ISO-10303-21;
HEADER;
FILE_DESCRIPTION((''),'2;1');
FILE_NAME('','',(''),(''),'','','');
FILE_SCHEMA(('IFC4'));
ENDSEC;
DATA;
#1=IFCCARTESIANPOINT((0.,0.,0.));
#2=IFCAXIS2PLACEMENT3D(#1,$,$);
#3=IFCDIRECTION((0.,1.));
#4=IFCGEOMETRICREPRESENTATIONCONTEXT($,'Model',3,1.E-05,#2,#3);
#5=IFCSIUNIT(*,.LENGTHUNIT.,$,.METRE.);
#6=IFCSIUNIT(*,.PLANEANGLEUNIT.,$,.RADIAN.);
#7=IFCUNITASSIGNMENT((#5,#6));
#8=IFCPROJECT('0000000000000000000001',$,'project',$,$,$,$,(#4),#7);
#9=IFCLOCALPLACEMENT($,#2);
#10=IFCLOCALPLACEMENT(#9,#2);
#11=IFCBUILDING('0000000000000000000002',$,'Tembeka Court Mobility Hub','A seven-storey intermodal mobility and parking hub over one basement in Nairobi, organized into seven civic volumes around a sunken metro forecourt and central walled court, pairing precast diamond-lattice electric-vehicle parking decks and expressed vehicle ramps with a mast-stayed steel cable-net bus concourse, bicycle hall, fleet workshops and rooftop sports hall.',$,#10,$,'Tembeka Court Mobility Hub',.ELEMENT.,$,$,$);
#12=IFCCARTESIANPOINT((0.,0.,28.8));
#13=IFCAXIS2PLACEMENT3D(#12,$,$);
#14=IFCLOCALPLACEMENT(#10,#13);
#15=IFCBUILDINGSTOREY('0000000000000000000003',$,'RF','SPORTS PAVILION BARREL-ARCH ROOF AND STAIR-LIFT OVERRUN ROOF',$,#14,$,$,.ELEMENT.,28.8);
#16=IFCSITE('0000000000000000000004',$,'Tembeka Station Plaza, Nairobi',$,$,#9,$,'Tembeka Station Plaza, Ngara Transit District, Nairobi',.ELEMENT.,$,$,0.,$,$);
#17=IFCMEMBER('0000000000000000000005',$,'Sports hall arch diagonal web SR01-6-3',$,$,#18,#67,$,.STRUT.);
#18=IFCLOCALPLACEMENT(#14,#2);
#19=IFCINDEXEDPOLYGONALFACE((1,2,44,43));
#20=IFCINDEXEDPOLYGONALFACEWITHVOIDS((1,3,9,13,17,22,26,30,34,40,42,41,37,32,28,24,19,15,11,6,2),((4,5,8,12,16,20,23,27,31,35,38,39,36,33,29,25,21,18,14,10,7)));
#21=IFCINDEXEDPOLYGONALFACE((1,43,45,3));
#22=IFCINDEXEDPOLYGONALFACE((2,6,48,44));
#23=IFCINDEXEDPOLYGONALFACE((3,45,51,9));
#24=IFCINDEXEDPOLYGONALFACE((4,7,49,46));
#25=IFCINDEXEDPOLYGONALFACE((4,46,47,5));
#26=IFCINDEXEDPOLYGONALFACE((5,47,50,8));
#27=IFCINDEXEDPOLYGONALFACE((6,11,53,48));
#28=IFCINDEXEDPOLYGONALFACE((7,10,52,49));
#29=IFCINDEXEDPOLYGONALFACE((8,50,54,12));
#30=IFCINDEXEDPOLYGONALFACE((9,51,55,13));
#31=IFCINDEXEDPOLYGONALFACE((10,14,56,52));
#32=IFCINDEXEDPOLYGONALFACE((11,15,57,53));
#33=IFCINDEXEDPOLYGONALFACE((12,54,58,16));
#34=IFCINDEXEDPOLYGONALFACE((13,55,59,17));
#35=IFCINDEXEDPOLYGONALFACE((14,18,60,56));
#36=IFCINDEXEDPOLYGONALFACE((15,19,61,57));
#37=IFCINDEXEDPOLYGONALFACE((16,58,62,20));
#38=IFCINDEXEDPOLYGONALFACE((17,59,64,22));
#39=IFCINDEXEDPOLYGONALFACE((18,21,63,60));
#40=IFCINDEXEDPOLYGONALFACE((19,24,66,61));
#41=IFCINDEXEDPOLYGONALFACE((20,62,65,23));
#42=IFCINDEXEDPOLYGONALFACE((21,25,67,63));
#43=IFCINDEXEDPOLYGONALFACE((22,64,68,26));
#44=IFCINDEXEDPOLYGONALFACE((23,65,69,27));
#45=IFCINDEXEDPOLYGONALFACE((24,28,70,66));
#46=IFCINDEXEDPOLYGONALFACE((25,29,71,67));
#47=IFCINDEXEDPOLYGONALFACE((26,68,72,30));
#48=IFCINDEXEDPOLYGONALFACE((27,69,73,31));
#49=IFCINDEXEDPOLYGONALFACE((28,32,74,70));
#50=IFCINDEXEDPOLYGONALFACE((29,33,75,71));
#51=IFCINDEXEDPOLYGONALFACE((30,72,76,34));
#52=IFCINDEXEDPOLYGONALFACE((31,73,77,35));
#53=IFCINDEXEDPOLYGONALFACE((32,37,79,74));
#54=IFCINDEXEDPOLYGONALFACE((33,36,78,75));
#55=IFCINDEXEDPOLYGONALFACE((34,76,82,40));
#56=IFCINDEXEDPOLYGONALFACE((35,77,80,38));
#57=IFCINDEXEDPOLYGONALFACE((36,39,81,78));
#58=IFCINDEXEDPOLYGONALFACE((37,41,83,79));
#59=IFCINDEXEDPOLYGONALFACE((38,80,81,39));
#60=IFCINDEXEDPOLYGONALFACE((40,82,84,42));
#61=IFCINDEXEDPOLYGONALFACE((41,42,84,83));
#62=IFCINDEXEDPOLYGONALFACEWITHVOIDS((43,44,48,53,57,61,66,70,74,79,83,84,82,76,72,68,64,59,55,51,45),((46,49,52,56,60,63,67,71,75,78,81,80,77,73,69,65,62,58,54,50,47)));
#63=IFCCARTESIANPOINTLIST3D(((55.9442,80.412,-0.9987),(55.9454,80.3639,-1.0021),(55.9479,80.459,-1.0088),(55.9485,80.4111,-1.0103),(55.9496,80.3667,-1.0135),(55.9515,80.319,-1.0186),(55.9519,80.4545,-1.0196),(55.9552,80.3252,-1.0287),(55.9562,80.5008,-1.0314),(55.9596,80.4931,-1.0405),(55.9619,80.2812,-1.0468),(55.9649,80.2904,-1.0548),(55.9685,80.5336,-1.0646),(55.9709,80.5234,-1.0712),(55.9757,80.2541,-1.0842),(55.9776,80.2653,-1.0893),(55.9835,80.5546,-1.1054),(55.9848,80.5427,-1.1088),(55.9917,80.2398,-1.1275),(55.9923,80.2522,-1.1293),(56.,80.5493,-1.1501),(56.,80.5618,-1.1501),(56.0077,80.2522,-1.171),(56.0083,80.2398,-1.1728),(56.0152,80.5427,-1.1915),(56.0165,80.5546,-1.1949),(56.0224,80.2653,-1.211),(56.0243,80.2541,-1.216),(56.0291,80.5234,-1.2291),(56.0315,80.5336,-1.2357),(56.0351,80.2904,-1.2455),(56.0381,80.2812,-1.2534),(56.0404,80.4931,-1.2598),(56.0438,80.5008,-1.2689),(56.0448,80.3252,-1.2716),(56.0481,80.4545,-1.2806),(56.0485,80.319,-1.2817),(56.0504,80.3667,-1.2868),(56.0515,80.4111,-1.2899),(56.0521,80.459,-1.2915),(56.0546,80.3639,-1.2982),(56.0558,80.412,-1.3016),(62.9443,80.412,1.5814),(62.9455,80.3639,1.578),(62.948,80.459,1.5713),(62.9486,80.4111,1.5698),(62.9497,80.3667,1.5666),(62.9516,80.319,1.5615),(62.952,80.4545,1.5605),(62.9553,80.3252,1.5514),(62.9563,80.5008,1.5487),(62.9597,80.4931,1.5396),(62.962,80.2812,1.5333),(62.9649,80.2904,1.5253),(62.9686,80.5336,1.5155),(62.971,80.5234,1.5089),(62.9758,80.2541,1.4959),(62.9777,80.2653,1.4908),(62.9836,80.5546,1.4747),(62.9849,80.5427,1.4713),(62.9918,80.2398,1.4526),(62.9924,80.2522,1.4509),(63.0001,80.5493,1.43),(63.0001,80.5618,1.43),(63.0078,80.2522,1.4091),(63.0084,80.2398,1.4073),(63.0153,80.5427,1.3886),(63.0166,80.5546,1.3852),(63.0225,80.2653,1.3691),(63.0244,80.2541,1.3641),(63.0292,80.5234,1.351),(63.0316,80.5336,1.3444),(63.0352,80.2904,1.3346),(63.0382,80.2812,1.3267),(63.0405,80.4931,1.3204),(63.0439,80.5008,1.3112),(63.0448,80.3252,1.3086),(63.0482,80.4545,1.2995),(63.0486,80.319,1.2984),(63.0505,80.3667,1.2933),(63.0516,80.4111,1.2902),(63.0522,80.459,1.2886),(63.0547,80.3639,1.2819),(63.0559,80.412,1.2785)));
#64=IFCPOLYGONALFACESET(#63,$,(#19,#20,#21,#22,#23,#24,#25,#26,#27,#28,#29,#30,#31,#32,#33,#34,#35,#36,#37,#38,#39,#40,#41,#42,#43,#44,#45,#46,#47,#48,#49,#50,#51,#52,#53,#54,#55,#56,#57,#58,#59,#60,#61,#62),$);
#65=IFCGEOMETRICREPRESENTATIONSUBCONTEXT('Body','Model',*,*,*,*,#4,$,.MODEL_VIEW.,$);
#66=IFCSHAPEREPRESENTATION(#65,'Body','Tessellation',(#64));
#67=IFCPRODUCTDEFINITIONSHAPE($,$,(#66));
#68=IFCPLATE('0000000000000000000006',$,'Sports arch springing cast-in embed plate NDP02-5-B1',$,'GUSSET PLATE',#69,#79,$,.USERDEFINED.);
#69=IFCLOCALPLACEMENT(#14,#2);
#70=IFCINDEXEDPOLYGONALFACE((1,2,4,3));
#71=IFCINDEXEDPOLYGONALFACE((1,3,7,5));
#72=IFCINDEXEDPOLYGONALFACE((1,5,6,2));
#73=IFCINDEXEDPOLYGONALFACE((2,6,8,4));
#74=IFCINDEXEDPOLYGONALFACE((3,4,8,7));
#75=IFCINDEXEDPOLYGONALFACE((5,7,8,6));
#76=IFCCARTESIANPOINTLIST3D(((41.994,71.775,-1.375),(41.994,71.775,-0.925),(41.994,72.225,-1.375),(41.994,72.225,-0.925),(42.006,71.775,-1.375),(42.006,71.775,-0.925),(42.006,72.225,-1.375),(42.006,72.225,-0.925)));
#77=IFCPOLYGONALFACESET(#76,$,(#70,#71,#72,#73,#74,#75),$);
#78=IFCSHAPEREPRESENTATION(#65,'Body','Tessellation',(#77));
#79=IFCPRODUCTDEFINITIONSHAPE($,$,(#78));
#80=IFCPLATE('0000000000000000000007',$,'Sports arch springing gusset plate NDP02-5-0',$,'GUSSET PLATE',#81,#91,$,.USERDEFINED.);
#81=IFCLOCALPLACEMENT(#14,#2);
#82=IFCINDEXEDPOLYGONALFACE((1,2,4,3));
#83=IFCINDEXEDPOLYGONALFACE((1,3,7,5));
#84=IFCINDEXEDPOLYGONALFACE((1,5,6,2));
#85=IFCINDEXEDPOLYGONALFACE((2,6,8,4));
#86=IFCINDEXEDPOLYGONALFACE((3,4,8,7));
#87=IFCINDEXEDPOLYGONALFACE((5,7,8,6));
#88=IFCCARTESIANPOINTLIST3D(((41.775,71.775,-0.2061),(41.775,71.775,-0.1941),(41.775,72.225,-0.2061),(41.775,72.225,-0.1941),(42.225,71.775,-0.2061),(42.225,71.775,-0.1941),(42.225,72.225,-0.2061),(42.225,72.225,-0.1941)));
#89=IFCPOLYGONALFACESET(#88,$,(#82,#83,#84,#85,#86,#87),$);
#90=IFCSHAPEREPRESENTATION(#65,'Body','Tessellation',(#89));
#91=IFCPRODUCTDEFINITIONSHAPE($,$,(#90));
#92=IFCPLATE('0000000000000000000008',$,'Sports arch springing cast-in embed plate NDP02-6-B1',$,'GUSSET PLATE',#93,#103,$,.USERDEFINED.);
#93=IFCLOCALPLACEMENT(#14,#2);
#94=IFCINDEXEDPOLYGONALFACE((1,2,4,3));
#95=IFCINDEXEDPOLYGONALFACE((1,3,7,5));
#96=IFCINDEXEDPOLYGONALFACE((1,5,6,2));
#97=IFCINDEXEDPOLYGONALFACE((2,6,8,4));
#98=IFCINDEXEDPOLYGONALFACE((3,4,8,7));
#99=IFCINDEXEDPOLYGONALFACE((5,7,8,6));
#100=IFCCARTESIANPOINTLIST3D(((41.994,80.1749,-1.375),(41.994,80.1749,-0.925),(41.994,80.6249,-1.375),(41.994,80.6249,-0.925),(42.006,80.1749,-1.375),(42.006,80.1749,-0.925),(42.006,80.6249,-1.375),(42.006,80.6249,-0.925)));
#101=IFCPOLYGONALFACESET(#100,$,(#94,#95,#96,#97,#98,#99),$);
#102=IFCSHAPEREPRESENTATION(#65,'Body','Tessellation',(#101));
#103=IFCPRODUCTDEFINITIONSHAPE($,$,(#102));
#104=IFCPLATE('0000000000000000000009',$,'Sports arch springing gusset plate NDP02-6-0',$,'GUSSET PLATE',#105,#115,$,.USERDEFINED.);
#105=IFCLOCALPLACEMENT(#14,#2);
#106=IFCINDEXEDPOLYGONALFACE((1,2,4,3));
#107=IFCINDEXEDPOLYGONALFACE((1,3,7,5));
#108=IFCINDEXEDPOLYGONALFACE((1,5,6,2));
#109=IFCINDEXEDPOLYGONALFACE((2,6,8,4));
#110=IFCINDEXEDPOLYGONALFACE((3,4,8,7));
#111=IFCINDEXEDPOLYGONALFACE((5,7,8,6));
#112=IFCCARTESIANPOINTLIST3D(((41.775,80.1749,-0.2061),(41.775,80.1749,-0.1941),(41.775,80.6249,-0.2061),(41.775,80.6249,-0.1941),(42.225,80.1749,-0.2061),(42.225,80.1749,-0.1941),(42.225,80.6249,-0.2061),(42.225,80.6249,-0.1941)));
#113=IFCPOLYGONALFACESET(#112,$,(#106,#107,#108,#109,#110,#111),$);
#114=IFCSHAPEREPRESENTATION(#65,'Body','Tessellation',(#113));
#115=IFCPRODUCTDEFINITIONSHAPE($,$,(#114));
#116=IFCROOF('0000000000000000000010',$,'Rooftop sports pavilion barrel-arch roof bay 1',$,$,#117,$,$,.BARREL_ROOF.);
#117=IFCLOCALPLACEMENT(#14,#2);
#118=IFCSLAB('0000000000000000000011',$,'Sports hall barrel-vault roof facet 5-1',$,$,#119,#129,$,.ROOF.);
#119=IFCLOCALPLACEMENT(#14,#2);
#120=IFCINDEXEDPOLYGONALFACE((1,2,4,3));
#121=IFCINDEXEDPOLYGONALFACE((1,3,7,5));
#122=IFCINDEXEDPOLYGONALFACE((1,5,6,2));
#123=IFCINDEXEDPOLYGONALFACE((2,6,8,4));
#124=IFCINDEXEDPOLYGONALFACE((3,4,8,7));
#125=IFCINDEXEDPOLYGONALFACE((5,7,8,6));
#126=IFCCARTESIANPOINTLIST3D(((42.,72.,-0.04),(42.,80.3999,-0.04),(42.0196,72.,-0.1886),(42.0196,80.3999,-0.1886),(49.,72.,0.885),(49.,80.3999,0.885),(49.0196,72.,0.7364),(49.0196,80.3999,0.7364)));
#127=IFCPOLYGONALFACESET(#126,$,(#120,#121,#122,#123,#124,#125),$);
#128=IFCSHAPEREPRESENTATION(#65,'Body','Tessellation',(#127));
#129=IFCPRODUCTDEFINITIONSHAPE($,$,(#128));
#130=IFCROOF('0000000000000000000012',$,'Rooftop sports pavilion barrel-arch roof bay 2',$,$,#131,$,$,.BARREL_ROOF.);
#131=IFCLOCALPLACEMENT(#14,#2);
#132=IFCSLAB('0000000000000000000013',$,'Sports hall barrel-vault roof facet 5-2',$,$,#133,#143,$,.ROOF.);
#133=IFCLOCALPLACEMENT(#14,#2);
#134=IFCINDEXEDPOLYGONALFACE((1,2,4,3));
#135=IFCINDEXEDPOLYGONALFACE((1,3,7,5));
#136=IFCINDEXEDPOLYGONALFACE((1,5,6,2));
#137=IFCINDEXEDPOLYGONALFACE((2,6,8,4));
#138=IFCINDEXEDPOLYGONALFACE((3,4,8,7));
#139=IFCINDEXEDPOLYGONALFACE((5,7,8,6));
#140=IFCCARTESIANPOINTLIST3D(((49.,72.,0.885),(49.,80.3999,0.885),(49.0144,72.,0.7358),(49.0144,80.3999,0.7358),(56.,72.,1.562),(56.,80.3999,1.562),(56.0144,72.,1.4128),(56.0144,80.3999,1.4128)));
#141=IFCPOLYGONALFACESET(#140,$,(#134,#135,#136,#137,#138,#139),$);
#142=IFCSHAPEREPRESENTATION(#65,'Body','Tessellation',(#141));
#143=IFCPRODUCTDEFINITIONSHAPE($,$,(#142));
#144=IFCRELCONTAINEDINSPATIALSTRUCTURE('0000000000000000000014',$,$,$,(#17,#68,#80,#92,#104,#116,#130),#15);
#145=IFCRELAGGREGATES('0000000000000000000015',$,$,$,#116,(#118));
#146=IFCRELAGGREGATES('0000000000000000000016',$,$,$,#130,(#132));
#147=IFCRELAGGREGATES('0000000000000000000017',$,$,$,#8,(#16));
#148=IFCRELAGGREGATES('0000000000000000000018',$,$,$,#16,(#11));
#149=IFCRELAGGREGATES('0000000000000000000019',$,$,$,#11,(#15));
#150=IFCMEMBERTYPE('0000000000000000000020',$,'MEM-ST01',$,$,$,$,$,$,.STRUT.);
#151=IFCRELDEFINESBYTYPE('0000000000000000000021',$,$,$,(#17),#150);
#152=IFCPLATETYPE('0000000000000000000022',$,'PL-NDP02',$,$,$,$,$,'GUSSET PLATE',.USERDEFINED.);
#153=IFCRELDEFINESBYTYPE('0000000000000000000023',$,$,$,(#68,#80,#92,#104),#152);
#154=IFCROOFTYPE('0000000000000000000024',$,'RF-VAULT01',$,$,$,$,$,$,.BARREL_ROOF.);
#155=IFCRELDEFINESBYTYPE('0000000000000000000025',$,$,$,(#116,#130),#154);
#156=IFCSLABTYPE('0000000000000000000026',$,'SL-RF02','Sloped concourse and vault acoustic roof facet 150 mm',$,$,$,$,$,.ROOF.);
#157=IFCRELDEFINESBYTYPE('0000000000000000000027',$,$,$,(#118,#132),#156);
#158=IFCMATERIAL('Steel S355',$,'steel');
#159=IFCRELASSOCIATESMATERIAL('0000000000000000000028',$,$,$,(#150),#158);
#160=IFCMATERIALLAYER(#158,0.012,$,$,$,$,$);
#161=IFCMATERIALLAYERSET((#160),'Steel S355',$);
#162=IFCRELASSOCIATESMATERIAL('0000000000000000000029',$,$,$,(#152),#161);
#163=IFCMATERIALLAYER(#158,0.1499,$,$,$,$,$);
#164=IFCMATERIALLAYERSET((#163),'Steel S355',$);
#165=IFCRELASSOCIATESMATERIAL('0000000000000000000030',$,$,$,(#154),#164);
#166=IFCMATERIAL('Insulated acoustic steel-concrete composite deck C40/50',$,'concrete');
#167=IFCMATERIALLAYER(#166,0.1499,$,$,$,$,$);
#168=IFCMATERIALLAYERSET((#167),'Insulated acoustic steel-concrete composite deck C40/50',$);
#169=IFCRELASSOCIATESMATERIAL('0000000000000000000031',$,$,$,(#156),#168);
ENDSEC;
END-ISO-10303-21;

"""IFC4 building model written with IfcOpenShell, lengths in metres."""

from ifc_helpers import new_model, si_unit, direction, frame, origin, origin_2d, place, context, subcontext, project, spatial, polyline, rectangle, hollow_circle, outline, extrude, material, layer, layer_set, material_profile, profile_set, type_object, element, aggregate, save


model = new_model("IFC4")

# Units and contexts
model_context = context("Model", 3, precision=1e-05, world=origin(), true_north=direction((0.0, 1.0)))
body_context = subcontext(model_context, "Body", "Model", "MODEL_VIEW")
ifc_project = project(units=[si_unit("LENGTHUNIT", "METRE"), si_unit("PLANEANGLEUNIT", "RADIAN")], contexts=[model_context])

# Site, building, storey
site_placement = place(None, origin())
site = spatial("IfcSite", under=ifc_project, at=site_placement, Name="Tembeka Station Plaza, Nairobi", LongName="Tembeka Station Plaza, Ngara Transit District, Nairobi", CompositionType="ELEMENT", RefElevation=0.0)
building_placement = place(site_placement, origin())
building = spatial("IfcBuilding", under=site, at=building_placement, Name="Tembeka Court Mobility Hub", Description="A seven-storey intermodal mobility and parking hub over one basement in Nairobi, organized into seven civic volumes around a sunken metro forecourt and central walled court, pairing precast diamond-lattice electric-vehicle parking decks and expressed vehicle ramps with a mast-stayed steel cable-net bus concourse, bicycle hall, fleet workshops and rooftop sports hall.", LongName="Tembeka Court Mobility Hub", CompositionType="ELEMENT")
storey_placement = place(building_placement, frame((0.0, 0.0, 28.8)))
storey = spatial("IfcBuildingStorey", under=building, at=storey_placement, Name="RF", Description="SPORTS PAVILION BARREL-ARCH ROOF AND STAIR-LIFT OVERRUN ROOF", CompositionType="ELEMENT", Elevation=28.8)

# Shared definitions
ifc_material_1 = material(Name="Steel S355", Category="steel")

# Member
ifc_material_profile_1 = material_profile(ifc_material_1, hollow_circle(Radius=0.1619, WallThickness=0.0125, at=origin_2d()), Name="CHS 323.9x12.5")
ifc_profile_set_1 = profile_set([ifc_material_profile_1], Name="Steel S355")
member_type = type_object("IfcMemberType", Name="MEM-ST01", PredefinedType="STRUT", material=ifc_profile_set_1)
member_1_placement = place(storey_placement, frame((56.0, 80.3999, -1.1501), z_axis=(0.938294, 0.0, 0.345839), x_axis=(0.0, 1.0, 0.0)))
element("IfcMember", 1, at=member_1_placement, inside=storey, type_object=member_type, Name="Sports hall arch diagonal web SR01-6-3", PredefinedType="STRUT", context=body_context, shape_type="SweptSolid", body=[
    extrude(hollow_circle(Radius=0.1619, WallThickness=0.0125, at=origin_2d()), origin(), (0.0, 0.0, 1.0), 7.4604),
])

# Plates
ifc_layer_1 = layer(ifc_material_1, 0.012)
ifc_layer_set_1 = layer_set([ifc_layer_1], Name="Steel S355")
plate_type = type_object("IfcPlateType", Name="PL-NDP02", ElementType="GUSSET PLATE", PredefinedType="USERDEFINED", material=ifc_layer_set_1)
plate_1_placement = place(storey_placement, frame((42.0, 72.0, -1.375), z_axis=(0.0, 0.0, 1.0), x_axis=(1.0, 0.0, 0.0)))
element("IfcPlate", 2, at=plate_1_placement, inside=storey, type_object=plate_type, Name="Sports arch springing cast-in embed plate NDP02-5-B1", ObjectType="GUSSET PLATE", PredefinedType="USERDEFINED", context=body_context, shape_type="SweptSolid", body=[
    extrude(rectangle(XDim=0.012, YDim=0.45, at=origin_2d()), origin(), (0.0, 0.0, 1.0), 0.45),
])
plate_2_placement = place(storey_placement, frame((42.0, 72.0, -0.2061), z_axis=(0.0, 0.0, 1.0), x_axis=(1.0, 0.0, 0.0)))
element("IfcPlate", 3, at=plate_2_placement, inside=storey, type_object=plate_type, Name="Sports arch springing gusset plate NDP02-5-0", ObjectType="GUSSET PLATE", PredefinedType="USERDEFINED", context=body_context, shape_type="SweptSolid", body=[
    extrude(rectangle(XDim=0.45, YDim=0.45, at=origin_2d()), origin(), (0.0, 0.0, 1.0), 0.012),
])
plate_3_placement = place(storey_placement, frame((42.0, 80.3999, -1.375), z_axis=(0.0, 0.0, 1.0), x_axis=(1.0, 0.0, 0.0)))
element("IfcPlate", 4, at=plate_3_placement, inside=storey, type_object=plate_type, Name="Sports arch springing cast-in embed plate NDP02-6-B1", ObjectType="GUSSET PLATE", PredefinedType="USERDEFINED", context=body_context, shape_type="SweptSolid", body=[
    extrude(rectangle(XDim=0.012, YDim=0.45, at=origin_2d()), origin(), (0.0, 0.0, 1.0), 0.45),
])
plate_4_placement = place(storey_placement, frame((42.0, 80.3999, -0.2061), z_axis=(0.0, 0.0, 1.0), x_axis=(1.0, 0.0, 0.0)))
element("IfcPlate", 5, at=plate_4_placement, inside=storey, type_object=plate_type, Name="Sports arch springing gusset plate NDP02-6-0", ObjectType="GUSSET PLATE", PredefinedType="USERDEFINED", context=body_context, shape_type="SweptSolid", body=[
    extrude(rectangle(XDim=0.45, YDim=0.45, at=origin_2d()), origin(), (0.0, 0.0, 1.0), 0.012),
])

# Roofs, slabs
ifc_layer_2 = layer(ifc_material_1, 0.1499)
ifc_layer_set_2 = layer_set([ifc_layer_2], Name="Steel S355")
roof_type = type_object("IfcRoofType", Name="RF-VAULT01", PredefinedType="BARREL_ROOF", material=ifc_layer_set_2)
roof_1_placement = place(storey_placement, origin())
roof_1 = element("IfcRoof", 6, at=roof_1_placement, inside=storey, type_object=roof_type, Name="Rooftop sports pavilion barrel-arch roof bay 1", PredefinedType="BARREL_ROOF")
ifc_material_2 = material(Name="Insulated acoustic steel-concrete composite deck C40/50", Category="concrete")
ifc_layer_3 = layer(ifc_material_2, 0.1499)
ifc_layer_set_3 = layer_set([ifc_layer_3], Name="Insulated acoustic steel-concrete composite deck C40/50")
slab_type = type_object("IfcSlabType", Name="SL-RF02", Description="Sloped concourse and vault acoustic roof facet 150 mm", PredefinedType="ROOF", material=ifc_layer_set_3)
slab_1_placement = place(storey_placement, frame((42.0, 72.0, -0.04), z_axis=(-0.131011, 0.0, 0.991381), x_axis=(0.991381, 0.0, 0.131011)))
slab_1 = element("IfcSlab", 7, at=slab_1_placement, type_object=slab_type, Name="Sports hall barrel-vault roof facet 5-1", PredefinedType="ROOF", context=body_context, shape_type="SweptSolid", body=[
    extrude(outline(polyline([(0.0, 0.0), (7.0609, 0.0), (7.0609, 8.3999), (0.0, 8.3999), (0.0, 0.0)])), origin(), (0.0, 0.0, -1.0), 0.1499),
])
aggregate(roof_1, [slab_1])
roof_2_placement = place(storey_placement, origin())
roof_2 = element("IfcRoof", 8, at=roof_2_placement, inside=storey, type_object=roof_type, Name="Rooftop sports pavilion barrel-arch roof bay 2", PredefinedType="BARREL_ROOF")
slab_2_placement = place(storey_placement, frame((49.0, 72.0, 0.885), z_axis=(-0.096265, 0.0, 0.995356), x_axis=(0.995356, 0.0, 0.096265)))
slab_2 = element("IfcSlab", 9, at=slab_2_placement, type_object=slab_type, Name="Sports hall barrel-vault roof facet 5-2", PredefinedType="ROOF", context=body_context, shape_type="SweptSolid", body=[
    extrude(outline(polyline([(0.0, 0.0), (7.0327, 0.0), (7.0327, 8.3999), (0.0, 8.3999), (0.0, 0.0)])), origin(), (0.0, 0.0, -1.0), 0.1499),
])
aggregate(roof_2, [slab_2])

save(model, "model.ifc")
